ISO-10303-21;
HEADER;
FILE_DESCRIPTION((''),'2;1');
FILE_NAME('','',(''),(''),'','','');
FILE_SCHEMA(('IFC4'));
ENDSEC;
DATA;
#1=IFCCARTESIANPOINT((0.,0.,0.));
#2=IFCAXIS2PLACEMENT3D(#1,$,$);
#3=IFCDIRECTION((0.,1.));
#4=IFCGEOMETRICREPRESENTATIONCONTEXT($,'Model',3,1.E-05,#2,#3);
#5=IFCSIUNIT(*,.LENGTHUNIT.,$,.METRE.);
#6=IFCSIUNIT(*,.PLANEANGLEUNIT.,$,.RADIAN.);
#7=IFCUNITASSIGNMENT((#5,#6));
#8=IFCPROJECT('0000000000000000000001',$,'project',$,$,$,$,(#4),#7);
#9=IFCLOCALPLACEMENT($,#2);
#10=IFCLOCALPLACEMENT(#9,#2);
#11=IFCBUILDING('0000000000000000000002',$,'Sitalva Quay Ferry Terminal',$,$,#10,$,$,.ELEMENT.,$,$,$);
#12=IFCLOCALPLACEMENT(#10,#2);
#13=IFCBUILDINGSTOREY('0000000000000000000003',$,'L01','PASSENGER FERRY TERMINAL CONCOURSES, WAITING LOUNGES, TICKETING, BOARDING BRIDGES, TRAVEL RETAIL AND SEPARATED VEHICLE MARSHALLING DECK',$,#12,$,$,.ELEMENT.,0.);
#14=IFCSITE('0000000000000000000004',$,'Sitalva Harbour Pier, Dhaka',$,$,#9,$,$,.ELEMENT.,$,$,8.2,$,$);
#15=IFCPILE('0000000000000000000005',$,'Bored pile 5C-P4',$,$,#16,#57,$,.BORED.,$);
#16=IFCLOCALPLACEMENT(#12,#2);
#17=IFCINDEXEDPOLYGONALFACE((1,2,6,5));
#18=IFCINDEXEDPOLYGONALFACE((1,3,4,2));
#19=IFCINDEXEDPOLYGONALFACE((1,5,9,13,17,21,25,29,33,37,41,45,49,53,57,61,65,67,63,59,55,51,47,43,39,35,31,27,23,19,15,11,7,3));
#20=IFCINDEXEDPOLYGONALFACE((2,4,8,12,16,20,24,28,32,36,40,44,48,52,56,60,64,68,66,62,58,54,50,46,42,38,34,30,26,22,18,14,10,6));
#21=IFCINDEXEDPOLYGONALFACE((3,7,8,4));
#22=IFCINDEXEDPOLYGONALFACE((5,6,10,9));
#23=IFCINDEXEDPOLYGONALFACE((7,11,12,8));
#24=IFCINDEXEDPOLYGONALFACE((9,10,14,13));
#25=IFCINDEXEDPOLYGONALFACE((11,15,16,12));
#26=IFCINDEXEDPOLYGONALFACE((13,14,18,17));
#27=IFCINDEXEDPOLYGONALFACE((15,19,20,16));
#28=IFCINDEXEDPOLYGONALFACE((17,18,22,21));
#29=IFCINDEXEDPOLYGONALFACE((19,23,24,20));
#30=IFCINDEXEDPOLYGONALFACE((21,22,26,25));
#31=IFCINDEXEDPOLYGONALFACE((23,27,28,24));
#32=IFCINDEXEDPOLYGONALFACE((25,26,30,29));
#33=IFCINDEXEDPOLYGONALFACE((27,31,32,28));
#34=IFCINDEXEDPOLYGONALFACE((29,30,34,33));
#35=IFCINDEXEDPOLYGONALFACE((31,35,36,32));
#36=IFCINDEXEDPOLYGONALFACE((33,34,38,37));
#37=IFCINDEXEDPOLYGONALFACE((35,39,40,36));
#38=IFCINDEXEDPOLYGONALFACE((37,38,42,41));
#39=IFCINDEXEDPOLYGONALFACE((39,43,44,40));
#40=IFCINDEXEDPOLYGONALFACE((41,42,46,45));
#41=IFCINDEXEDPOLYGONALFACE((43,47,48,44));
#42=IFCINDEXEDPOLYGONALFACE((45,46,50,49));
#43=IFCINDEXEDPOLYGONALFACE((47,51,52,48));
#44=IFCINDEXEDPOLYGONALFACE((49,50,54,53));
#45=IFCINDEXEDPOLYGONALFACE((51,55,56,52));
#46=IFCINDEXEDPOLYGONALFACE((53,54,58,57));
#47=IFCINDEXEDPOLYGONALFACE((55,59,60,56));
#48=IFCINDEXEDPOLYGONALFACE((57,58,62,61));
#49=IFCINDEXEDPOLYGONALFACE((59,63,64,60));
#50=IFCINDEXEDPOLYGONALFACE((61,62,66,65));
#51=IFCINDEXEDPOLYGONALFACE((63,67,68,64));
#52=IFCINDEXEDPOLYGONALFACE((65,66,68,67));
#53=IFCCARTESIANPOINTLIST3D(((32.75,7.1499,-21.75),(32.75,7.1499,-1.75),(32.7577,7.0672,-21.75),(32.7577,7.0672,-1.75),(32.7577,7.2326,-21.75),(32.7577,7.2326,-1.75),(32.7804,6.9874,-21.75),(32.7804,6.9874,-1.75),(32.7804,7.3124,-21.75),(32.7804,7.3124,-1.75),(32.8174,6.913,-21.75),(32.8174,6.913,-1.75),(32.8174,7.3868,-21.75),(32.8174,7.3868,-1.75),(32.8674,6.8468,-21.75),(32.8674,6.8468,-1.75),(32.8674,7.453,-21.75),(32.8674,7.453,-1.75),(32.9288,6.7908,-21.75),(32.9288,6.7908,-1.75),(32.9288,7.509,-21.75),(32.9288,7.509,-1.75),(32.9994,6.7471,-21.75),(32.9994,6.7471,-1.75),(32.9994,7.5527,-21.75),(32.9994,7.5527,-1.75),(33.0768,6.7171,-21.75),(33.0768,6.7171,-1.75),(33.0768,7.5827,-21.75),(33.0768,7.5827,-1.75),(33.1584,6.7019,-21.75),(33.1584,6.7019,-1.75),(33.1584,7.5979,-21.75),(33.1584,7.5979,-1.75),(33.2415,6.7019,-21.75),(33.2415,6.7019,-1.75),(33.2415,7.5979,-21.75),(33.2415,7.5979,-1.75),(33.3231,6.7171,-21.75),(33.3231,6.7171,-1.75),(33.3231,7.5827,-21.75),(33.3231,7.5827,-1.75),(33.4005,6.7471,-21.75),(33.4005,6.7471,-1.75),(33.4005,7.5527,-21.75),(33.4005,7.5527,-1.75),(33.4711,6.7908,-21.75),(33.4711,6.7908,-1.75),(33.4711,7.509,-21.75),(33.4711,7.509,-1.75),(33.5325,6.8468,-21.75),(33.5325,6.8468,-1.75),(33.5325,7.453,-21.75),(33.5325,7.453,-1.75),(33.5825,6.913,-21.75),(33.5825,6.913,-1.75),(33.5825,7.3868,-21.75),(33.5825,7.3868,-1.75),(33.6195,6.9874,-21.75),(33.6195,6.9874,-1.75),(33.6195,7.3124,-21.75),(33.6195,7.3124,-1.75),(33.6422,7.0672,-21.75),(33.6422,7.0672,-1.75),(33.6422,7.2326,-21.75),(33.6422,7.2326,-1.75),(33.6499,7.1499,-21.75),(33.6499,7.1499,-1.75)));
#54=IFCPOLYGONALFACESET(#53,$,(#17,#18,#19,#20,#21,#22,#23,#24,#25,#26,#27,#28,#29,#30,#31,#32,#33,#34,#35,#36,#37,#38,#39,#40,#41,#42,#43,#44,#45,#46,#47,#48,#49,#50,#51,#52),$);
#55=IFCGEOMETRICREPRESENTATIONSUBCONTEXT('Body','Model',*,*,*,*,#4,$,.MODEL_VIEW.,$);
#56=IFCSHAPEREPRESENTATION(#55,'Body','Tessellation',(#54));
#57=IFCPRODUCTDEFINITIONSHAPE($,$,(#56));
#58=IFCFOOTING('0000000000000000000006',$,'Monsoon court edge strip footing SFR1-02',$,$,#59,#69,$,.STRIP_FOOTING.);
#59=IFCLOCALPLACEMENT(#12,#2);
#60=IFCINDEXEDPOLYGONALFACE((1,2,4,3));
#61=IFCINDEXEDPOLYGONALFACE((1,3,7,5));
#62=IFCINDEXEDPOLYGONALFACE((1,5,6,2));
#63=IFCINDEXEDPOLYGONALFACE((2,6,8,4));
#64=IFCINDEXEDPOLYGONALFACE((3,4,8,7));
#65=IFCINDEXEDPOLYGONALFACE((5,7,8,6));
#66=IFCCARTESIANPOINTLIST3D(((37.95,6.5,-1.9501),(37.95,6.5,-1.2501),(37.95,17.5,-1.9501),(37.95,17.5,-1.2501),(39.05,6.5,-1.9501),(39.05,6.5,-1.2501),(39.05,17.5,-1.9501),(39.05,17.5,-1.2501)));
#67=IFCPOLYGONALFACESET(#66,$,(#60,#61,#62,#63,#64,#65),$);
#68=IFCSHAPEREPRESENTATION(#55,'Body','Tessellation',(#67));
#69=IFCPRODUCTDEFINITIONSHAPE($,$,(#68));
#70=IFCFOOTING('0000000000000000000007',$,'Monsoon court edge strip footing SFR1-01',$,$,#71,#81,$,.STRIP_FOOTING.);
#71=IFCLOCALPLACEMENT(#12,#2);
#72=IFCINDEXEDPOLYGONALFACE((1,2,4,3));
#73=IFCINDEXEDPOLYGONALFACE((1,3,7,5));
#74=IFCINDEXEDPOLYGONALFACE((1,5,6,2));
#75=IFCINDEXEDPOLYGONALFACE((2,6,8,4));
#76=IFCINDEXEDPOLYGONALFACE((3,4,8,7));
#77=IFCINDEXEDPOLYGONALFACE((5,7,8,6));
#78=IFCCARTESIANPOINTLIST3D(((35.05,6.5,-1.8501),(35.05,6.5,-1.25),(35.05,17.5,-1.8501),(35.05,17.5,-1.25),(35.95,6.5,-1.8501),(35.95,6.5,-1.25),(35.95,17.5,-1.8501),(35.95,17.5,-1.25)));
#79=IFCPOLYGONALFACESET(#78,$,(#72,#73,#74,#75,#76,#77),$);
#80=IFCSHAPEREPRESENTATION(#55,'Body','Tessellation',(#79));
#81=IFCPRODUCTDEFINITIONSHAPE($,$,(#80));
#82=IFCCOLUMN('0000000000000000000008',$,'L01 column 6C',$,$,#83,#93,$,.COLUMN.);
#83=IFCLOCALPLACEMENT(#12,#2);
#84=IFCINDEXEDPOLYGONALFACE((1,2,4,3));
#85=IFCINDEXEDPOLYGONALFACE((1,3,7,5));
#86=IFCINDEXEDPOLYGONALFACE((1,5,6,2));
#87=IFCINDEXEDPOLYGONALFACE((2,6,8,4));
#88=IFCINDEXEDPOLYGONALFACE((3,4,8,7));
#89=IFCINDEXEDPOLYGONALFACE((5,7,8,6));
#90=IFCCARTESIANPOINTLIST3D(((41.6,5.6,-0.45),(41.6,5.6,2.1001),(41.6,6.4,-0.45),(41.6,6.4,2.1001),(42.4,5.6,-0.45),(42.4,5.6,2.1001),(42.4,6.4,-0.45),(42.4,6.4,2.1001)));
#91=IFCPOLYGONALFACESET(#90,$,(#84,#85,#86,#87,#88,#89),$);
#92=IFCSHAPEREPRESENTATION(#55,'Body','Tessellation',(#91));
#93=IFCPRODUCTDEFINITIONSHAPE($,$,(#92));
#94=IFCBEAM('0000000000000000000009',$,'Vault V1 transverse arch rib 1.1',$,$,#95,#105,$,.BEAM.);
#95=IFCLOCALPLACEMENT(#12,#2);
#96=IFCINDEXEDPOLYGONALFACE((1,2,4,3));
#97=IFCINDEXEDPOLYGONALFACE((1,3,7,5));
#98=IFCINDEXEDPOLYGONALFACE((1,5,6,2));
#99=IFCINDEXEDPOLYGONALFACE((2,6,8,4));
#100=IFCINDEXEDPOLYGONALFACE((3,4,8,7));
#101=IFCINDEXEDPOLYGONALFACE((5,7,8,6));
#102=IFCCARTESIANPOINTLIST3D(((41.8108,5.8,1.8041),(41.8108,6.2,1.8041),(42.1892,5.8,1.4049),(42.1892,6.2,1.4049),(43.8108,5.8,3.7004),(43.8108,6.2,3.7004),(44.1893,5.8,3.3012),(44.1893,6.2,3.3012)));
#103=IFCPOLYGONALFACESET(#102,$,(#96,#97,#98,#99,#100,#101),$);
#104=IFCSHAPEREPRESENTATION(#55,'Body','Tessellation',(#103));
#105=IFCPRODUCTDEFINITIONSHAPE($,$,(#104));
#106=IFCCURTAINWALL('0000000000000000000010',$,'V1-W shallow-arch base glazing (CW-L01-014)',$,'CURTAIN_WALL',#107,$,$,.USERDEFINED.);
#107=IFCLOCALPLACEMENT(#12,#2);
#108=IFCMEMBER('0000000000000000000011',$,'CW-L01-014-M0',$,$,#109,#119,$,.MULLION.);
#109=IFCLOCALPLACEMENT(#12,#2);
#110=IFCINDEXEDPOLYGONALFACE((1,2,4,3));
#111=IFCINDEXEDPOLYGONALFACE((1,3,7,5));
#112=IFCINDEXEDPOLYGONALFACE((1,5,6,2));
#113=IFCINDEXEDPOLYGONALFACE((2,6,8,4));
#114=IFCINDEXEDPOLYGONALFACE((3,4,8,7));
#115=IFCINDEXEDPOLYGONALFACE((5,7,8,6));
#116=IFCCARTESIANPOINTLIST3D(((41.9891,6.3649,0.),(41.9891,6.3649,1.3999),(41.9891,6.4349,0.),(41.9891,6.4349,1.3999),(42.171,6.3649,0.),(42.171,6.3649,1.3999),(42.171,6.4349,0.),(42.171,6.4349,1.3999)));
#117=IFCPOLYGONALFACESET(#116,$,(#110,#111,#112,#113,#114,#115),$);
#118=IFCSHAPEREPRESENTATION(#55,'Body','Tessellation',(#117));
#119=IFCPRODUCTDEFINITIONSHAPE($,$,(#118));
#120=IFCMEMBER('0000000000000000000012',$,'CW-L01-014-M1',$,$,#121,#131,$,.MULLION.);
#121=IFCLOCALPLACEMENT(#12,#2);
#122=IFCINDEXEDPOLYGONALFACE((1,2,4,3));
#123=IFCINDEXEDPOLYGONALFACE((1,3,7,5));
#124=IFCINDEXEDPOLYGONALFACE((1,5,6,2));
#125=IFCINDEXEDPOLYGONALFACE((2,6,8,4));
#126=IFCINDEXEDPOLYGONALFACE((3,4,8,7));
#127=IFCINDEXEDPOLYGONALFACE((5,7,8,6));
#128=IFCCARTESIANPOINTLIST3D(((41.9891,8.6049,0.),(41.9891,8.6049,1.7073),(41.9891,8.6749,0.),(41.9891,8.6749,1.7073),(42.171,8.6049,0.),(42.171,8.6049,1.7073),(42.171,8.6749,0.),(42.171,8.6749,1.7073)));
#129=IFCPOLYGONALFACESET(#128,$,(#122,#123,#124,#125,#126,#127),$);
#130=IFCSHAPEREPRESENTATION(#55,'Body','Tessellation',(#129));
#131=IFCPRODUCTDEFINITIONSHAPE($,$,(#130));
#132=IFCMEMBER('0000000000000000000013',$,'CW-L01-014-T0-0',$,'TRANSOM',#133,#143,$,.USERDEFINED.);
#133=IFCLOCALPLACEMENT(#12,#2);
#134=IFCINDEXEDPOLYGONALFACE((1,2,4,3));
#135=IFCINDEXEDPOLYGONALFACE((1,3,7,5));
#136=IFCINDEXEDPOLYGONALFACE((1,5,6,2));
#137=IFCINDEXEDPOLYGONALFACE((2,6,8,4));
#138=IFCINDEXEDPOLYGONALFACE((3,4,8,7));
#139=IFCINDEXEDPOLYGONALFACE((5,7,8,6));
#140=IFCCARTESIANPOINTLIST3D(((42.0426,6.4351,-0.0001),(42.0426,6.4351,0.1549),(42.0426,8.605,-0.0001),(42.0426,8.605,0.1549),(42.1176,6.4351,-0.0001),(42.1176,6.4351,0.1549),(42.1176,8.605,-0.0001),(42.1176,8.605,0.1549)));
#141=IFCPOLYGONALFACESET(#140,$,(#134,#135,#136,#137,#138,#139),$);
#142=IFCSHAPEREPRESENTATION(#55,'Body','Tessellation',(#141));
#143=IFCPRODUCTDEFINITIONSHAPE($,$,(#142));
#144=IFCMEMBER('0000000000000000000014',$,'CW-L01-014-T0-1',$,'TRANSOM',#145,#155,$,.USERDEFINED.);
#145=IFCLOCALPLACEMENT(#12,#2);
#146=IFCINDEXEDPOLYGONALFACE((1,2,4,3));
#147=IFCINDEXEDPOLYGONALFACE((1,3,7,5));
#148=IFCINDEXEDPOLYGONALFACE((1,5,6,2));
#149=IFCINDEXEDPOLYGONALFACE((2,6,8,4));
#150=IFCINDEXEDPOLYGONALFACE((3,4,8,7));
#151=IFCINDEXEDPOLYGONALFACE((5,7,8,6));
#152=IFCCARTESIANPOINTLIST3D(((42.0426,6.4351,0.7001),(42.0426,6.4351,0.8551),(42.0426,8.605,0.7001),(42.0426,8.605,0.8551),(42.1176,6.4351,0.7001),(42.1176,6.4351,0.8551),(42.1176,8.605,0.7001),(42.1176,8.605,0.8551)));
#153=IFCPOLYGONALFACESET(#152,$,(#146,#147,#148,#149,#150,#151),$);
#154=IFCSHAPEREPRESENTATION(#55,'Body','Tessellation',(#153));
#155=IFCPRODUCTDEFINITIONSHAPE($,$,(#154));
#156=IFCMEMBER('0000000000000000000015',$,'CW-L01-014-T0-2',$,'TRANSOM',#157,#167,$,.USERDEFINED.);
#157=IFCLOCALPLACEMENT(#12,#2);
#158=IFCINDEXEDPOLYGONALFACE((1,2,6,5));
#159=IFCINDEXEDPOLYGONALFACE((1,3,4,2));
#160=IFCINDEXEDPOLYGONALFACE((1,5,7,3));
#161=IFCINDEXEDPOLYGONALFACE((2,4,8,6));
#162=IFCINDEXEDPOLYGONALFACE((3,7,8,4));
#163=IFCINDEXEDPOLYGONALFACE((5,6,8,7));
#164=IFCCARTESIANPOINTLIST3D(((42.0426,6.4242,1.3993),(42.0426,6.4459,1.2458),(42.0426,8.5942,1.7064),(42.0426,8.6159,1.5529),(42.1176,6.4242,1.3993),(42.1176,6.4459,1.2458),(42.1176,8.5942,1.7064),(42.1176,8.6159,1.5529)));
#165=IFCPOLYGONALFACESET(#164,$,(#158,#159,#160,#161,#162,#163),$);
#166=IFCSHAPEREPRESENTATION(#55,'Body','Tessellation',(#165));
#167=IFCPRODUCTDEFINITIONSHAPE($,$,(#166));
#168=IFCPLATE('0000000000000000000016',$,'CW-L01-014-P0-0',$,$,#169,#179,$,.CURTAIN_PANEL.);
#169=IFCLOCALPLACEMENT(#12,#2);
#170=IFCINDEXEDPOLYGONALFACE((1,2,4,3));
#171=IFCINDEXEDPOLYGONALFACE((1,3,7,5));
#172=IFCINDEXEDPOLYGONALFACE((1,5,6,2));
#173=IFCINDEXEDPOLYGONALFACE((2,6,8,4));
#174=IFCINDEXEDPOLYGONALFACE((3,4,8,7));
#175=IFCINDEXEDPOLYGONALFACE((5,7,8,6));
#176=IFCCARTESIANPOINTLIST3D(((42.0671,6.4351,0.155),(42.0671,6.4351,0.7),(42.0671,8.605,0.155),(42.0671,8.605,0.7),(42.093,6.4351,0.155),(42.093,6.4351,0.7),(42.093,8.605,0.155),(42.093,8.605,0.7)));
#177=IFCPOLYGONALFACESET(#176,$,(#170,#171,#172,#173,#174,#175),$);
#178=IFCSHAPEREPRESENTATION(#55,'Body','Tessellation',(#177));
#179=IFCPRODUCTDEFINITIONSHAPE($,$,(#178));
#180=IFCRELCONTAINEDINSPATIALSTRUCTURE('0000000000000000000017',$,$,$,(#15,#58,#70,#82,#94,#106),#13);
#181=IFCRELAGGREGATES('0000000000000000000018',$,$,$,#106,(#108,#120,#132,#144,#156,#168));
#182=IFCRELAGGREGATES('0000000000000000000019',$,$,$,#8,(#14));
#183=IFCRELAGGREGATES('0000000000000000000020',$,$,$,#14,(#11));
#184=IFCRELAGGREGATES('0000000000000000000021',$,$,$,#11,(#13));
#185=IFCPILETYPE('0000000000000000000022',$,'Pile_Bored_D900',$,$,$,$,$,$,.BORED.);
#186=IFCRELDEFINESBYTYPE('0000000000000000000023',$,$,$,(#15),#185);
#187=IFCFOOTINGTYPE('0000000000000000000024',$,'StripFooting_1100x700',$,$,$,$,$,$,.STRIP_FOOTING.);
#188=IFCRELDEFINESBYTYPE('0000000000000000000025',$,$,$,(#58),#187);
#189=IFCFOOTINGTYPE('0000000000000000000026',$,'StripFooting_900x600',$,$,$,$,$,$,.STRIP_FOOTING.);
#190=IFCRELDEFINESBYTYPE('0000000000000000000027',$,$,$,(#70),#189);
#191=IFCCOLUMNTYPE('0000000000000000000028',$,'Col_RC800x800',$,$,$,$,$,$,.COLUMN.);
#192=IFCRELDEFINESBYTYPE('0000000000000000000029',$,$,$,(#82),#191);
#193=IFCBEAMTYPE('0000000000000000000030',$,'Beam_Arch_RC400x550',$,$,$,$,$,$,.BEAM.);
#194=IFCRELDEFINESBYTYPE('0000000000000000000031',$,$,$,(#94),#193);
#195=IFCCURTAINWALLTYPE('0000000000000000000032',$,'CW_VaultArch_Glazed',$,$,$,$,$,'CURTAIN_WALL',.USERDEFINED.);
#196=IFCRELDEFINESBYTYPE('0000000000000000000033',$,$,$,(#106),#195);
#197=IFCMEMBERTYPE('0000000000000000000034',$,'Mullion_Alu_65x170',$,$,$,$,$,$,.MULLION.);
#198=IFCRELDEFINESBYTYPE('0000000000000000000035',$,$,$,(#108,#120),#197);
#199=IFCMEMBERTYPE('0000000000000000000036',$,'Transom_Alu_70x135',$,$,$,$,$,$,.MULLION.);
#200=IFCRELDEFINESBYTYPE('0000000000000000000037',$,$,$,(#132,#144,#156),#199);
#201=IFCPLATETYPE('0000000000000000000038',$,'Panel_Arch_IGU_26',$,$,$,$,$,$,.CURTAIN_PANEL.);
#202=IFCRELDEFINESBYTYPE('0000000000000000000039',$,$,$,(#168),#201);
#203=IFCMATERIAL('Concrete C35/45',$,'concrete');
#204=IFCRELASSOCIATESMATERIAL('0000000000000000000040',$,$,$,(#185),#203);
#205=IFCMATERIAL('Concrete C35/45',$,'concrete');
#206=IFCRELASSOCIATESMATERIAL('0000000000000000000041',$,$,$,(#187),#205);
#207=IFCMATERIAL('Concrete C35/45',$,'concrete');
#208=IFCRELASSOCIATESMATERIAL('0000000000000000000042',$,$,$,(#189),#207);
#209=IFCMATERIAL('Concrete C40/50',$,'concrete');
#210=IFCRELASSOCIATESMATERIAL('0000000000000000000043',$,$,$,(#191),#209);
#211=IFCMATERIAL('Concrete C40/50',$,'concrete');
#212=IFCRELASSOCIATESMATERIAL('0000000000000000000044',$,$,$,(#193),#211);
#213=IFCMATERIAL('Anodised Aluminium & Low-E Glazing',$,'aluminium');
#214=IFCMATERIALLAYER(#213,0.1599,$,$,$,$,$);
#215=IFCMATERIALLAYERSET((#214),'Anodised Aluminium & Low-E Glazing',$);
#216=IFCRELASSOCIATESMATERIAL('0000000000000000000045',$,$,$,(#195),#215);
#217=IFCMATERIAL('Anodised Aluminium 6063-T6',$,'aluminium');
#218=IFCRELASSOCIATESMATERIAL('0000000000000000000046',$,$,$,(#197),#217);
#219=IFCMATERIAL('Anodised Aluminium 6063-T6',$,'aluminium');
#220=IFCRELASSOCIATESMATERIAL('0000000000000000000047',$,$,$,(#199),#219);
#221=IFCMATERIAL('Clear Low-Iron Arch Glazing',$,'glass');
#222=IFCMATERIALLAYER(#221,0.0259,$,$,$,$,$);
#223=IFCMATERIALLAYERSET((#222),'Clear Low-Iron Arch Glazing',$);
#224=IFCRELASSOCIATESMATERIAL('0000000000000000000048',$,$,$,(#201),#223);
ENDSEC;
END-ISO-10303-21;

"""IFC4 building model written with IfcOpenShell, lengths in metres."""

from ifc_helpers import new_model, si_unit, direction, frame, origin, origin_2d, place, context, subcontext, project, spatial, rectangle, circle, extrude, material, layer, layer_set, material_profile, profile_set, type_object, element, aggregate, save


model = new_model("IFC4")

# Units and contexts
model_context = context("Model", 3, precision=1e-05, world=origin(), true_north=direction((0.0, 1.0)))
body_context = subcontext(model_context, "Body", "Model", "MODEL_VIEW")
ifc_project = project(units=[si_unit("LENGTHUNIT", "METRE"), si_unit("PLANEANGLEUNIT", "RADIAN")], contexts=[model_context])

# Site, building, storey
site_placement = place(None, origin())
site = spatial("IfcSite", under=ifc_project, at=site_placement, Name="Sitalva Harbour Pier, Dhaka", CompositionType="ELEMENT", RefElevation=8.2)
building_placement = place(site_placement, origin())
building = spatial("IfcBuilding", under=site, at=building_placement, Name="Sitalva Quay Ferry Terminal", CompositionType="ELEMENT")
storey_placement = place(building_placement, origin())
storey = spatial("IfcBuildingStorey", under=building, at=storey_placement, Name="L01", Description="PASSENGER FERRY TERMINAL CONCOURSES, WAITING LOUNGES, TICKETING, BOARDING BRIDGES, TRAVEL RETAIL AND SEPARATED VEHICLE MARSHALLING DECK", CompositionType="ELEMENT", Elevation=0.0)

# Pile
ifc_material_1 = material(Name="Concrete C35/45", Category="concrete")
ifc_material_profile_1 = material_profile(ifc_material_1, circle(Radius=0.45, at=origin_2d()), Name="PILE-D900")
ifc_profile_set_1 = profile_set([ifc_material_profile_1], Name="Concrete C35/45")
pile_type_1 = type_object("IfcPileType", Name="Pile_Bored_D900", PredefinedType="BORED", material=ifc_profile_set_1)
for number, where, z_axis, x_axis, name in (
    (1, (33.2, 7.1499, -1.75), (0.0, 0.0, -1.0), (1.0, 0.0, 0.0), "Bored pile 5C-P4"),
):
    element("IfcPile", number, at=place(storey_placement, frame(where, z_axis=z_axis, x_axis=x_axis)), inside=storey, type_object=pile_type_1, Name=name, PredefinedType="BORED", context=body_context, shape_type="SweptSolid", body=[
        extrude(circle(Radius=0.45, at=origin_2d()), origin(), (0.0, 0.0, 1.0), 20.0),
    ])

# Footings
ifc_material_2 = material(Name="Concrete C35/45", Category="concrete")
ifc_material_profile_2 = material_profile(ifc_material_2, rectangle(XDim=1.1001, YDim=0.7, at=origin_2d()), Name="RC1100x700")
ifc_profile_set_2 = profile_set([ifc_material_profile_2], Name="Concrete C35/45")
footing_type_1 = type_object("IfcFootingType", Name="StripFooting_1100x700", PredefinedType="STRIP_FOOTING", material=ifc_profile_set_2)
footing_1_placement = place(storey_placement, frame((38.5, 6.5, -1.6001), z_axis=(0.0, 1.0, 0.0), x_axis=(-1.0, 0.0, 0.0)))
element("IfcFooting", 2, at=footing_1_placement, inside=storey, type_object=footing_type_1, Name="Monsoon court edge strip footing SFR1-02", PredefinedType="STRIP_FOOTING", context=body_context, shape_type="SweptSolid", body=[
    extrude(rectangle(XDim=1.1001, YDim=0.7, at=origin_2d()), origin(), (0.0, 0.0, 1.0), 11.0),
])
ifc_material_3 = material(Name="Concrete C35/45", Category="concrete")
ifc_material_profile_3 = material_profile(ifc_material_3, rectangle(XDim=0.8999, YDim=0.6001, at=origin_2d()), Name="RC900x600")
ifc_profile_set_3 = profile_set([ifc_material_profile_3], Name="Concrete C35/45")
footing_type_2 = type_object("IfcFootingType", Name="StripFooting_900x600", PredefinedType="STRIP_FOOTING", material=ifc_profile_set_3)
footing_2_placement = place(storey_placement, frame((35.5, 6.5, -1.55), z_axis=(0.0, 1.0, 0.0), x_axis=(-1.0, 0.0, 0.0)))
element("IfcFooting", 3, at=footing_2_placement, inside=storey, type_object=footing_type_2, Name="Monsoon court edge strip footing SFR1-01", PredefinedType="STRIP_FOOTING", context=body_context, shape_type="SweptSolid", body=[
    extrude(rectangle(XDim=0.8999, YDim=0.6001, at=origin_2d()), origin(), (0.0, 0.0, 1.0), 11.0),
])

# Column
ifc_material_4 = material(Name="Concrete C40/50", Category="concrete")
ifc_material_profile_4 = material_profile(ifc_material_4, rectangle(XDim=0.8, YDim=0.8, at=origin_2d()), Name="RC800x800")
ifc_profile_set_4 = profile_set([ifc_material_profile_4], Name="Concrete C40/50")
column_type = type_object("IfcColumnType", Name="Col_RC800x800", PredefinedType="COLUMN", material=ifc_profile_set_4)
column_placement = place(storey_placement, frame((42.0, 6.0, -0.45), z_axis=(0.0, 0.0, 1.0), x_axis=(1.0, 0.0, 0.0)))
element("IfcColumn", 4, at=column_placement, inside=storey, type_object=column_type, Name="L01 column 6C", PredefinedType="COLUMN", context=body_context, shape_type="SweptSolid", body=[
    extrude(rectangle(XDim=0.8, YDim=0.8, at=origin_2d()), origin(), (0.0, 0.0, 1.0), 2.55),
])

# Beam
ifc_material_5 = material(Name="Concrete C40/50", Category="concrete")
ifc_material_profile_5 = material_profile(ifc_material_5, rectangle(XDim=0.3999, YDim=0.55, at=origin_2d()), Name="RC400x550")
ifc_profile_set_5 = profile_set([ifc_material_profile_5], Name="Concrete C40/50")
beam_type = type_object("IfcBeamType", Name="Beam_Arch_RC400x550", PredefinedType="BEAM", material=ifc_profile_set_5)
beam_placement = place(storey_placement, frame((42.0, 6.0, 1.6045), z_axis=(0.72568, 0.0, 0.688032), x_axis=(0.0, 1.0, 0.0)))
element("IfcBeam", 5, at=beam_placement, inside=storey, type_object=beam_type, Name="Vault V1 transverse arch rib 1.1", PredefinedType="BEAM", context=body_context, shape_type="SweptSolid", body=[
    extrude(rectangle(XDim=0.3999, YDim=0.55, at=origin_2d()), origin(), (0.0, 0.0, 1.0), 2.7561),
])

# Curtain wall, members, plate
ifc_material_6 = material(Name="Anodised Aluminium & Low-E Glazing", Category="aluminium")
ifc_layer_1 = layer(ifc_material_6, 0.1599)
ifc_layer_set_1 = layer_set([ifc_layer_1], Name="Anodised Aluminium & Low-E Glazing")
curtain_wall_type = type_object("IfcCurtainWallType", Name="CW_VaultArch_Glazed", ElementType="CURTAIN_WALL", PredefinedType="USERDEFINED", material=ifc_layer_set_1)
curtain_wall_placement = place(storey_placement, origin())
curtain_wall = element("IfcCurtainWall", 6, at=curtain_wall_placement, inside=storey, type_object=curtain_wall_type, Name="V1-W shallow-arch base glazing (CW-L01-014)", ObjectType="CURTAIN_WALL", PredefinedType="USERDEFINED")
ifc_material_7 = material(Name="Anodised Aluminium 6063-T6", Category="aluminium")
ifc_material_profile_6 = material_profile(ifc_material_7, rectangle(XDim=0.0701, YDim=0.1819, at=origin_2d()), Name="ALU70x182")
ifc_profile_set_6 = profile_set([ifc_material_profile_6], Name="Anodised Aluminium 6063-T6")
member_type_1 = type_object("IfcMemberType", Name="Mullion_Alu_65x170", PredefinedType="MULLION", material=ifc_profile_set_6)
member_1_placement = place(storey_placement, frame((42.0801, 6.3999, 0.0), z_axis=(0.0, 0.0, 1.0), x_axis=(0.0, 1.0, 0.0)))
member_1 = element("IfcMember", 7, at=member_1_placement, type_object=member_type_1, Name="CW-L01-014-M0", PredefinedType="MULLION", context=body_context, shape_type="SweptSolid", body=[
    extrude(rectangle(XDim=0.0701, YDim=0.1819, at=origin_2d()), origin(), (0.0, 0.0, 1.0), 1.3999),
])
member_2_placement = place(storey_placement, frame((42.0801, 8.6399, 0.0), z_axis=(0.0, 0.0, 1.0), x_axis=(0.0, 1.0, 0.0)))
member_2 = element("IfcMember", 8, at=member_2_placement, type_object=member_type_1, Name="CW-L01-014-M1", PredefinedType="MULLION", context=body_context, shape_type="SweptSolid", body=[
    extrude(rectangle(XDim=0.0701, YDim=0.1819, at=origin_2d()), origin(), (0.0, 0.0, 1.0), 1.7073),
])
ifc_material_8 = material(Name="Anodised Aluminium 6063-T6", Category="aluminium")
ifc_material_profile_7 = material_profile(ifc_material_8, rectangle(XDim=0.075, YDim=0.155, at=origin_2d()), Name="ALU75x155")
ifc_profile_set_7 = profile_set([ifc_material_profile_7], Name="Anodised Aluminium 6063-T6")
member_type_2 = type_object("IfcMemberType", Name="Transom_Alu_70x135", PredefinedType="MULLION", material=ifc_profile_set_7)
member_3_placement = place(storey_placement, frame((42.0801, 6.4351, 0.0774), z_axis=(0.0, 1.0, 0.0), x_axis=(-1.0, 0.0, 0.0)))
member_3 = element("IfcMember", 9, at=member_3_placement, type_object=member_type_2, Name="CW-L01-014-T0-0", ObjectType="TRANSOM", PredefinedType="USERDEFINED", context=body_context, shape_type="SweptSolid", body=[
    extrude(rectangle(XDim=0.075, YDim=0.155, at=origin_2d()), origin(), (0.0, 0.0, 1.0), 2.1699),
])
member_4_placement = place(storey_placement, frame((42.0801, 6.4351, 0.7776), z_axis=(0.0, 1.0, 0.0), x_axis=(-1.0, 0.0, 0.0)))
member_4 = element("IfcMember", 10, at=member_4_placement, type_object=member_type_2, Name="CW-L01-014-T0-1", ObjectType="TRANSOM", PredefinedType="USERDEFINED", context=body_context, shape_type="SweptSolid", body=[
    extrude(rectangle(XDim=0.075, YDim=0.155, at=origin_2d()), origin(), (0.0, 0.0, 1.0), 2.1699),
])
member_5_placement = place(storey_placement, frame((42.0801, 6.4351, 1.3225), z_axis=(0.0, 0.990131, 0.140142), x_axis=(-1.0, 0.0, 0.0)))
member_5 = element("IfcMember", 11, at=member_5_placement, type_object=member_type_2, Name="CW-L01-014-T0-2", ObjectType="TRANSOM", PredefinedType="USERDEFINED", context=body_context, shape_type="SweptSolid", body=[
    extrude(rectangle(XDim=0.075, YDim=0.155, at=origin_2d()), origin(), (0.0, 0.0, 1.0), 2.1917),
])
ifc_material_9 = material(Name="Clear Low-Iron Arch Glazing", Category="glass")
ifc_layer_2 = layer(ifc_material_9, 0.0259)
ifc_layer_set_2 = layer_set([ifc_layer_2], Name="Clear Low-Iron Arch Glazing")
plate_type = type_object("IfcPlateType", Name="Panel_Arch_IGU_26", PredefinedType="CURTAIN_PANEL", material=ifc_layer_set_2)
plate_1_placement = place(storey_placement, frame((42.0801, 7.52, 0.155), z_axis=(0.0, 0.0, 1.0), x_axis=(0.0, 1.0, 0.0)))
plate_1 = element("IfcPlate", 12, at=plate_1_placement, type_object=plate_type, Name="CW-L01-014-P0-0", PredefinedType="CURTAIN_PANEL", context=body_context, shape_type="SweptSolid", body=[
    extrude(rectangle(XDim=2.1699, YDim=0.0259, at=origin_2d()), origin(), (0.0, 0.0, 1.0), 0.5449),
])
aggregate(curtain_wall, [member_1, member_2, member_3, member_4, member_5, plate_1])

save(model, "model.ifc")
